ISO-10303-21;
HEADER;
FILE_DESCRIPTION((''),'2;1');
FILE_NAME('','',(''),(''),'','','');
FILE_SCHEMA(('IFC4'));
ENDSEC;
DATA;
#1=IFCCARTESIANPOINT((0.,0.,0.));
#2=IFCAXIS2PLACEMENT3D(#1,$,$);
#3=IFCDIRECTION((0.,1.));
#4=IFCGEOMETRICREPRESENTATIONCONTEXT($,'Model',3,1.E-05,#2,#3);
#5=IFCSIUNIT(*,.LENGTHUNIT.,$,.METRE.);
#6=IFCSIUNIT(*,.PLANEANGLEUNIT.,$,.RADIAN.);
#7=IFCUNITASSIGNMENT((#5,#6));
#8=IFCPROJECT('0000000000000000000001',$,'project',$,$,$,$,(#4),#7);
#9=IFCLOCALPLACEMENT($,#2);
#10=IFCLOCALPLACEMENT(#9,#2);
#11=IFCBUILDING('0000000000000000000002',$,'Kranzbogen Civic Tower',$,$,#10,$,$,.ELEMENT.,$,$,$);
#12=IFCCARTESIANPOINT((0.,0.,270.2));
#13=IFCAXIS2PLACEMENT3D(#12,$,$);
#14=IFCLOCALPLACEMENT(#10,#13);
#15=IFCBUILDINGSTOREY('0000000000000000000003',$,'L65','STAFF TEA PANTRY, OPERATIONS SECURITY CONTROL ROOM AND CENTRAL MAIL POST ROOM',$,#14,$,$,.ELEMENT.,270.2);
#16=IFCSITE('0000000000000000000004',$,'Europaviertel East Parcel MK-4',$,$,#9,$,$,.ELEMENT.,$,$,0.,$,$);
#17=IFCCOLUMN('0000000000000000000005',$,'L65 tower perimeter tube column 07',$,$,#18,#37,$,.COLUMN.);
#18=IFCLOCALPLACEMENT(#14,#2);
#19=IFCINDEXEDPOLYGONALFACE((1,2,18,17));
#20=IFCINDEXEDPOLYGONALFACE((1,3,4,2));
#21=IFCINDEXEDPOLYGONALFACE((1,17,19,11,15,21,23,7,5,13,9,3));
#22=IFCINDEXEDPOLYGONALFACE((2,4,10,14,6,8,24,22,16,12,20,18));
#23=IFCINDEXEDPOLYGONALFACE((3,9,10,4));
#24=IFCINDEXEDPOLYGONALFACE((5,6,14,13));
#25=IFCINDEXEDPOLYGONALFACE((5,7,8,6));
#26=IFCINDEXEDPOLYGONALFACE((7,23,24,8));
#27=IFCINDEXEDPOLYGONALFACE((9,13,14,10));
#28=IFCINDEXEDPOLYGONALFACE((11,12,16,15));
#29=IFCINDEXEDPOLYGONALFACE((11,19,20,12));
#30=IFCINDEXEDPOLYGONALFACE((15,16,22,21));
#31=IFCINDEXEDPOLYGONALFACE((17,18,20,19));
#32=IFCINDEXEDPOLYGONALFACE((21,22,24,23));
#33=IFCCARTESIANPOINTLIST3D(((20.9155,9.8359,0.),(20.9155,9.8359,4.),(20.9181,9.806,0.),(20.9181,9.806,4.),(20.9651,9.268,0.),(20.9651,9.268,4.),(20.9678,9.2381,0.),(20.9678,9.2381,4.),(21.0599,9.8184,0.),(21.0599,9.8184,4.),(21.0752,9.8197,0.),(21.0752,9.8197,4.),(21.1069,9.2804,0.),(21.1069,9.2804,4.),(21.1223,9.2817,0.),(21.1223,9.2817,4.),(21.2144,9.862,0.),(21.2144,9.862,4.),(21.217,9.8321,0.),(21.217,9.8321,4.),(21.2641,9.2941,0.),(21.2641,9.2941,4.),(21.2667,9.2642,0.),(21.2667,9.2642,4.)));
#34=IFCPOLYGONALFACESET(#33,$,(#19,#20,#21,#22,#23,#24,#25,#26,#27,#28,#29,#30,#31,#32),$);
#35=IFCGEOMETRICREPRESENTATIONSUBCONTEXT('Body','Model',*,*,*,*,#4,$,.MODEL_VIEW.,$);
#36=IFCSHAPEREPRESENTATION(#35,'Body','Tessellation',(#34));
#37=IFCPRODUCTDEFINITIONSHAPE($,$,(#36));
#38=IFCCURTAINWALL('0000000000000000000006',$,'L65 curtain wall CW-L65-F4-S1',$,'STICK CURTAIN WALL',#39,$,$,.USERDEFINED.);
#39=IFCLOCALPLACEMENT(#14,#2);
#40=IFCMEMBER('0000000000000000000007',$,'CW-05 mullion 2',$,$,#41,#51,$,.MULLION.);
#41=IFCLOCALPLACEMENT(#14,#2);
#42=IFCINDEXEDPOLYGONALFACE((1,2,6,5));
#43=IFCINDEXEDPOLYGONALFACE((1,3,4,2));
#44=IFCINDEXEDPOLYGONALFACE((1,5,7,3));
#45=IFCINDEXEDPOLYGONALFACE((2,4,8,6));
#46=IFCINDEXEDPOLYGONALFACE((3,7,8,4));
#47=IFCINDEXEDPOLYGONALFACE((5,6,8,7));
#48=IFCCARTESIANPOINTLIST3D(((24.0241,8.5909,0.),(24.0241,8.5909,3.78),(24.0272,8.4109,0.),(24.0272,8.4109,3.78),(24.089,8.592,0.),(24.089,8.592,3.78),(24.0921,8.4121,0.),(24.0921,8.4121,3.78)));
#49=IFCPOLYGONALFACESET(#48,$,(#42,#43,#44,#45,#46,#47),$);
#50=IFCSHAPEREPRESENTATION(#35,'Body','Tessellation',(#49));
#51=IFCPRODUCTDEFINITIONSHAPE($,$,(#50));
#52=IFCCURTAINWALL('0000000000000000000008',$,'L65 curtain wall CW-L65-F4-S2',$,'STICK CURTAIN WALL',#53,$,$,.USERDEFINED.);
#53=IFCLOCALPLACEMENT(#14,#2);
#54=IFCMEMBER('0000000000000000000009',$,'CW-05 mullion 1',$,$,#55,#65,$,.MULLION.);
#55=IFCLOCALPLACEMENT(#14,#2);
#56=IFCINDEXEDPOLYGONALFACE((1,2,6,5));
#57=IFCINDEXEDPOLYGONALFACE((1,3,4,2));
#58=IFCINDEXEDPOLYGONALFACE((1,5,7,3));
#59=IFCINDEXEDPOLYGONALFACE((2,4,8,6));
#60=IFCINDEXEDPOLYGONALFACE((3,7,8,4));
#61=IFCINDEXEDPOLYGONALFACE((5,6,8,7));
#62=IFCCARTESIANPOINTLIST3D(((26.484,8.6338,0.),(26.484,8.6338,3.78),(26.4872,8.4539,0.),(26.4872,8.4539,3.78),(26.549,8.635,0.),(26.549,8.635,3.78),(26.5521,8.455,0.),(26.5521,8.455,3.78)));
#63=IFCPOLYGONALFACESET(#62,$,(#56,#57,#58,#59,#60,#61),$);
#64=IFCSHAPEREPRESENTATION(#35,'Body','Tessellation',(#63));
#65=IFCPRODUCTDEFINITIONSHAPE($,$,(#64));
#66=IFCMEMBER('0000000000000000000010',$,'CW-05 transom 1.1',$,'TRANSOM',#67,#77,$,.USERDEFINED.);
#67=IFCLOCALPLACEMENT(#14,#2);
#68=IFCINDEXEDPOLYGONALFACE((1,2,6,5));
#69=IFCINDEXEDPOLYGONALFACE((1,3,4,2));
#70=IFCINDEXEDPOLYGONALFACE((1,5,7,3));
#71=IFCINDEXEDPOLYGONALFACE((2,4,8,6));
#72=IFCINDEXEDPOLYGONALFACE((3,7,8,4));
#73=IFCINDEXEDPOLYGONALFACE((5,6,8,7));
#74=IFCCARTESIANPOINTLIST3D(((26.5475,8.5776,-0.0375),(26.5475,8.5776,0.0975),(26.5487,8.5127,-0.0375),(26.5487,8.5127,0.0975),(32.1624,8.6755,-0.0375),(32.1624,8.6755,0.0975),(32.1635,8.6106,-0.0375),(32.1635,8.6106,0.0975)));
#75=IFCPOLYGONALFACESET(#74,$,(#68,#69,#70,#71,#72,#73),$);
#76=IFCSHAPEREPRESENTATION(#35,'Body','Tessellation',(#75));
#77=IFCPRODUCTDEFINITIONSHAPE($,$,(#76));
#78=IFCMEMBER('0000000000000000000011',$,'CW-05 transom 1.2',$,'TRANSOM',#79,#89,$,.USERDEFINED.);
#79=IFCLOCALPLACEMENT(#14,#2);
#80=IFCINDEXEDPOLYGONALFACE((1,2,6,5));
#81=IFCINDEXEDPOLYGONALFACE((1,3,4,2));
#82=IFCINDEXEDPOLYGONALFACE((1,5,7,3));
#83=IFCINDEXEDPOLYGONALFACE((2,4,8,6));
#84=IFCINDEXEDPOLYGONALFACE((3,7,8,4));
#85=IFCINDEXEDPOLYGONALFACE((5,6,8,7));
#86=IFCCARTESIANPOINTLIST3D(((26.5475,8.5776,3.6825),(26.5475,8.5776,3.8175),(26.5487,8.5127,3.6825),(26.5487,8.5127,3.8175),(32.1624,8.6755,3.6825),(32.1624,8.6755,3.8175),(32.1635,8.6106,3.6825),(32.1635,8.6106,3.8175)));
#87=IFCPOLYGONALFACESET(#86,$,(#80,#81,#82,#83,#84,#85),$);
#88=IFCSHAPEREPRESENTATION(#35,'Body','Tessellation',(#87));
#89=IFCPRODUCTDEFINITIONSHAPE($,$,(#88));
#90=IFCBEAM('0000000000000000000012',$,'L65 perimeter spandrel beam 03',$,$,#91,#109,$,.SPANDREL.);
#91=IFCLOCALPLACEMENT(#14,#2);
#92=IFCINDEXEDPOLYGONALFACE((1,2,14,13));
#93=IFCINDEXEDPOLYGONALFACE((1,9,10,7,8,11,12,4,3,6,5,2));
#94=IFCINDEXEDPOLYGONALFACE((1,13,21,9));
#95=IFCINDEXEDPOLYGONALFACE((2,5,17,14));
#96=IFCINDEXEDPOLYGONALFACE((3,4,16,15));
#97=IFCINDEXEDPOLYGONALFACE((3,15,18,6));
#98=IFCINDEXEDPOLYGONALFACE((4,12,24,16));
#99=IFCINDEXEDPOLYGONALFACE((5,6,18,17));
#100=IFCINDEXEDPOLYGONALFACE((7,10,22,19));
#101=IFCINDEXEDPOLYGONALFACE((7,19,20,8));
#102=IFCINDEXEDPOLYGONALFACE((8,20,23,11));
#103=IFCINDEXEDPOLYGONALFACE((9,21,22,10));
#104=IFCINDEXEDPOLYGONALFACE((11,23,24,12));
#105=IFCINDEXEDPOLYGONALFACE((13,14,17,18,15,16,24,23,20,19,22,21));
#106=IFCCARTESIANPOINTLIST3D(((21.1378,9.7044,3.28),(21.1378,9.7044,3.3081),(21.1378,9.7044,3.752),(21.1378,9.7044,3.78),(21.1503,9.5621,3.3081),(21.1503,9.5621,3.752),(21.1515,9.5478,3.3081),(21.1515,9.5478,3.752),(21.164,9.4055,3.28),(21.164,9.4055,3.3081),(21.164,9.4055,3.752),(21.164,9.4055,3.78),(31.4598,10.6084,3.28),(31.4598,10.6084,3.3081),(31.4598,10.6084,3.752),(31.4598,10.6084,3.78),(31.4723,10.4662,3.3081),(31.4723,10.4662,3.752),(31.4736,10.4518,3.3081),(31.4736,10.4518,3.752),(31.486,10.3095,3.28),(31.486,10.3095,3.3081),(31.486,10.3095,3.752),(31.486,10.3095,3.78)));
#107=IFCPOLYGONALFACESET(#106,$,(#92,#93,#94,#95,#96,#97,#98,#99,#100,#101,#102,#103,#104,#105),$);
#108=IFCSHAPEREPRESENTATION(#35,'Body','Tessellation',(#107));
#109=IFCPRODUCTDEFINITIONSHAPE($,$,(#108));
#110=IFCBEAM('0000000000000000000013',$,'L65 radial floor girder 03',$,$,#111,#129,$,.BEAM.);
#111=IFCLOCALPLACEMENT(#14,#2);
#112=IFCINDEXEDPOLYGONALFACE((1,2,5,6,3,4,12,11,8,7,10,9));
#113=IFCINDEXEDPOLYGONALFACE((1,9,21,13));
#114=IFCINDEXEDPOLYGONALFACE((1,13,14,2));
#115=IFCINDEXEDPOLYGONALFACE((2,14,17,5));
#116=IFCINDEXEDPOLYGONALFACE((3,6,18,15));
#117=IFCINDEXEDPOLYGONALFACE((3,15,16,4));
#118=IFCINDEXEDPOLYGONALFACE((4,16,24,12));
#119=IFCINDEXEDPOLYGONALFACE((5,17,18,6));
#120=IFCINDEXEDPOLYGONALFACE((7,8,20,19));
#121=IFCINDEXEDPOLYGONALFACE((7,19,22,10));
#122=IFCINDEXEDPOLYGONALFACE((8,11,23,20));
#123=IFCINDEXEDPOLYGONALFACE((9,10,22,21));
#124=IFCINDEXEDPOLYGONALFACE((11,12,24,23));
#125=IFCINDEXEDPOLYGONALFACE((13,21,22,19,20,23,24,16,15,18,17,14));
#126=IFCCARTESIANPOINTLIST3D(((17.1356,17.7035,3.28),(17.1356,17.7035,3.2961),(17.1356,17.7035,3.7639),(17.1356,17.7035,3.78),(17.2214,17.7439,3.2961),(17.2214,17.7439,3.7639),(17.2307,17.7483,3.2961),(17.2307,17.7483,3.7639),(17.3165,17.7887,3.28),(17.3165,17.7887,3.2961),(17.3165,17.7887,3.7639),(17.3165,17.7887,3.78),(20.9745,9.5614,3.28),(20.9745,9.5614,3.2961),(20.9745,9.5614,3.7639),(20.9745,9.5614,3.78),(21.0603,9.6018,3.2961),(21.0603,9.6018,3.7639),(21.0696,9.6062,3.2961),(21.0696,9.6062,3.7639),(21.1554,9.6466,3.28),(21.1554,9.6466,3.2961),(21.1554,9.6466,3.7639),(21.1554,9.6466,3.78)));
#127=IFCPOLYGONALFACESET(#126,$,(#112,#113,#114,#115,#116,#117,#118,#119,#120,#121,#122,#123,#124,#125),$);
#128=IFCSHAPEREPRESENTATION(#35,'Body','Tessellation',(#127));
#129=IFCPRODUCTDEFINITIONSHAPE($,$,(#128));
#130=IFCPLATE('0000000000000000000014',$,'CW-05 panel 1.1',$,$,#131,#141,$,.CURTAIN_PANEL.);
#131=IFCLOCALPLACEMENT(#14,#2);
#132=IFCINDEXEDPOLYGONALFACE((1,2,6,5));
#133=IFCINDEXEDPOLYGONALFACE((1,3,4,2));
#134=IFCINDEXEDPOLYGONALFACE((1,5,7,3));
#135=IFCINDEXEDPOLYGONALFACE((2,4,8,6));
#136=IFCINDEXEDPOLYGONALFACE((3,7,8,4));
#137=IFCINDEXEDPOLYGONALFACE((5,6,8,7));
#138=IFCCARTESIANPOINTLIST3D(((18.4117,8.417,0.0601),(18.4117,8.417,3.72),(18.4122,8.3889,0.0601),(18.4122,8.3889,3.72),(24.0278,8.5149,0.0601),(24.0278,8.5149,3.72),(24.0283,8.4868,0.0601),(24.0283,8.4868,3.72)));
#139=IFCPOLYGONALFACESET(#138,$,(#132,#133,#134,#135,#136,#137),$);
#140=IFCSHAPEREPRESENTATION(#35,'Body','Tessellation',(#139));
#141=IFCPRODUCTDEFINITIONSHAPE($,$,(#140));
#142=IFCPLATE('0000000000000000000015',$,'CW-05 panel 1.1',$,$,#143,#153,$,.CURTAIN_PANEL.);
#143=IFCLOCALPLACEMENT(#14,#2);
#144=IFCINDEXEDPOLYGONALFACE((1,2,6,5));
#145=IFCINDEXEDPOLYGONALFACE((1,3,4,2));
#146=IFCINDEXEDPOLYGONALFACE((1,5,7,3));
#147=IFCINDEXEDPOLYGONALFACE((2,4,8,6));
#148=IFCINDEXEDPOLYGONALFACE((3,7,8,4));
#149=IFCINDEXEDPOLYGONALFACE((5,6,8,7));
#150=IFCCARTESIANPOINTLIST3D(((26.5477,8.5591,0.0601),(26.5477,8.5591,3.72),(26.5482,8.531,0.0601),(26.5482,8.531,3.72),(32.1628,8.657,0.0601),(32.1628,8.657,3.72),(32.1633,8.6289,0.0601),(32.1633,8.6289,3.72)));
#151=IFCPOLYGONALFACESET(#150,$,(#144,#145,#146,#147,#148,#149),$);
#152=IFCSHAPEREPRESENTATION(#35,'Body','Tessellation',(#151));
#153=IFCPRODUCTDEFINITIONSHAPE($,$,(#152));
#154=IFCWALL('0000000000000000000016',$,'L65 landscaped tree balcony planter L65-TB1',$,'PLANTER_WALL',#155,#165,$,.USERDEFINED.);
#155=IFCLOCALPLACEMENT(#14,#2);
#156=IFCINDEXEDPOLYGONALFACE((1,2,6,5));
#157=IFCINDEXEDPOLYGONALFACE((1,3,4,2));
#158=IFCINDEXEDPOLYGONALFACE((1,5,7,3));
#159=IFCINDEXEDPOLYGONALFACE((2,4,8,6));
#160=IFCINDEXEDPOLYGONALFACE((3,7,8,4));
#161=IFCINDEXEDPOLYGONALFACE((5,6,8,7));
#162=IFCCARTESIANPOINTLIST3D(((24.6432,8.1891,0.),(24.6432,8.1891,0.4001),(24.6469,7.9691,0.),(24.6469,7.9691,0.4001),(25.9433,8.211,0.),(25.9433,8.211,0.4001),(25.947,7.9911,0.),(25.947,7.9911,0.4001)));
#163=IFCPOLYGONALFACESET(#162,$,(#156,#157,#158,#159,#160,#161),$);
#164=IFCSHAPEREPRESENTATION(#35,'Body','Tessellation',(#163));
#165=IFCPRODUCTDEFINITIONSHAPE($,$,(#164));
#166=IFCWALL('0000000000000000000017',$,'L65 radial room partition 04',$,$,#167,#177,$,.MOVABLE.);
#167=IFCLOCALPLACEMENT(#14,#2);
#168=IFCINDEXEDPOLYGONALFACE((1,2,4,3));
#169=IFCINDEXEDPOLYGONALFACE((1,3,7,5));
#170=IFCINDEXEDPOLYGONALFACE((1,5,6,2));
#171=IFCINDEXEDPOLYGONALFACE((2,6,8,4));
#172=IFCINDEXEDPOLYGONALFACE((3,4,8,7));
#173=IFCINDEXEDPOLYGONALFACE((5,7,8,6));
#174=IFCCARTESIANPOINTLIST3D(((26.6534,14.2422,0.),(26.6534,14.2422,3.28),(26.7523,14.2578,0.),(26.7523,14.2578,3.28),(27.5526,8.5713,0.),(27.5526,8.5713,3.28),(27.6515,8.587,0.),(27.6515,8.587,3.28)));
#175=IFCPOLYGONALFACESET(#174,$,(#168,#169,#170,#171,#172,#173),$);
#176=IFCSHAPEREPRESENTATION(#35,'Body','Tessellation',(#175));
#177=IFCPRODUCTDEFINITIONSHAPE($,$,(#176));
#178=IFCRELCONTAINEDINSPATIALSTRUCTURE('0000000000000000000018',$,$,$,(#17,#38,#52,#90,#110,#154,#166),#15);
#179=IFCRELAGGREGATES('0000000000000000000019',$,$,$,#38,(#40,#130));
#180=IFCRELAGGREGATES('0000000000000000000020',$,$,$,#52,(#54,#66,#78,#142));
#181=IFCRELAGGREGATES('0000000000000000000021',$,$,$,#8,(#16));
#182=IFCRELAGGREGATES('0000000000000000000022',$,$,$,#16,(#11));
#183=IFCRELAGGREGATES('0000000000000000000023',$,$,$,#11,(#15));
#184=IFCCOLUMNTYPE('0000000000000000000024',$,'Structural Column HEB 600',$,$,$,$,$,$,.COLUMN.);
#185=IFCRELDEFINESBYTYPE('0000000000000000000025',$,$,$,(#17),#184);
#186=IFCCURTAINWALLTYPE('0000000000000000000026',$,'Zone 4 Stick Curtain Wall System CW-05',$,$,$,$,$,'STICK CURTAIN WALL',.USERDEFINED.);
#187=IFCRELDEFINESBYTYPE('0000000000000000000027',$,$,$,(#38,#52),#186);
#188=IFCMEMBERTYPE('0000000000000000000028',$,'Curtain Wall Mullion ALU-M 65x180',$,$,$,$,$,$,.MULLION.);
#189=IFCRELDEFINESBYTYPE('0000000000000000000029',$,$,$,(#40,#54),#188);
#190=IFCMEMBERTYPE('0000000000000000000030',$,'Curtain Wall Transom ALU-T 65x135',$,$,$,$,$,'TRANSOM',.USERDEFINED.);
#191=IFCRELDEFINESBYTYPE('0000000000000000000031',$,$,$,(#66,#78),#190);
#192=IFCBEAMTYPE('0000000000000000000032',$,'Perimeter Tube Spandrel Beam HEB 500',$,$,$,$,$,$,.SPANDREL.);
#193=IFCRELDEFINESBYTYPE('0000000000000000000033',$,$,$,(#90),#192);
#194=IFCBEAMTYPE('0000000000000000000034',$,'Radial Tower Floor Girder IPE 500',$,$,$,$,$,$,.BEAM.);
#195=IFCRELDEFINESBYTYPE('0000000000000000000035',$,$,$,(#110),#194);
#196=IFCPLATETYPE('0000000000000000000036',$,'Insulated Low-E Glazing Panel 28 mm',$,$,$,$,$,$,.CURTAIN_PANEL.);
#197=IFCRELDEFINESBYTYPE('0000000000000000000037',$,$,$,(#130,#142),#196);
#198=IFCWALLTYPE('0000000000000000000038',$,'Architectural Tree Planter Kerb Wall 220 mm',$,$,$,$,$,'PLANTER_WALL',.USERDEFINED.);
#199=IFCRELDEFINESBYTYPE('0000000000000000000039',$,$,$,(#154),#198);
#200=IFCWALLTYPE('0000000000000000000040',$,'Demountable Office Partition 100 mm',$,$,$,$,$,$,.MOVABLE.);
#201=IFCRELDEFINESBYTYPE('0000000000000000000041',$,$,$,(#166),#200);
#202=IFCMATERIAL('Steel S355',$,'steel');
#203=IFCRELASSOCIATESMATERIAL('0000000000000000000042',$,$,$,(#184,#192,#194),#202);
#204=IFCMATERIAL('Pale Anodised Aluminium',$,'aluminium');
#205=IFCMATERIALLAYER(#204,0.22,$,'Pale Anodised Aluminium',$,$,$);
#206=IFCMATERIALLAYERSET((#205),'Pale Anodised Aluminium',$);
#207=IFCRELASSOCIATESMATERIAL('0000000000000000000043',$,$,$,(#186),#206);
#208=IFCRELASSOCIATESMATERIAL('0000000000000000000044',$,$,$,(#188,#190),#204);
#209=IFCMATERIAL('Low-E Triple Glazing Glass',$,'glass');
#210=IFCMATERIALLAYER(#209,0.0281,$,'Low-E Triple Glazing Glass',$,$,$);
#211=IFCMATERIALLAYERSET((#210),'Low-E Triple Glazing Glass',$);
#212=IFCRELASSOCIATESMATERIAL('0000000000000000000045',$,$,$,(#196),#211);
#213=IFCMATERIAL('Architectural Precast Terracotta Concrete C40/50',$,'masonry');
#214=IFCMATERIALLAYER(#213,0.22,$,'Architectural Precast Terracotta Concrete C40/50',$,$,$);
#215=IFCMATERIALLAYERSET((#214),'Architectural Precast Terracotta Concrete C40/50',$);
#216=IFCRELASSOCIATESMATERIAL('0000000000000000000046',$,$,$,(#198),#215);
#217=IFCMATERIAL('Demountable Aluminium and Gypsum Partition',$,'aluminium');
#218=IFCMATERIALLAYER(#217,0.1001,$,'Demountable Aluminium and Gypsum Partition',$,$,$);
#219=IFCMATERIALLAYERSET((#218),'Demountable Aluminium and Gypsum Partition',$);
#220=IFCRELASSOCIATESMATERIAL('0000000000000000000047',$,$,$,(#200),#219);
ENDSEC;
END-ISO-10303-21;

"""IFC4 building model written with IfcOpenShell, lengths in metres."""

from ifc_helpers import new_model, si_unit, direction, frame, frame_2d, origin, origin_2d, place, context, subcontext, project, spatial, rectangle, i_section, extrude, material, layer, layer_set, material_profile, profile_set, type_object, element, aggregate, save


model = new_model("IFC4")

# Units and contexts
model_context = context("Model", 3, precision=1e-05, world=origin(), true_north=direction((0.0, 1.0)))
body_context = subcontext(model_context, "Body", "Model", "MODEL_VIEW")
ifc_project = project(units=[si_unit("LENGTHUNIT", "METRE"), si_unit("PLANEANGLEUNIT", "RADIAN")], contexts=[model_context])

# Site, building, storey
site_placement = place(None, origin())
site = spatial("IfcSite", under=ifc_project, at=site_placement, Name="Europaviertel East Parcel MK-4", CompositionType="ELEMENT", RefElevation=0.0)
building_placement = place(site_placement, origin())
building = spatial("IfcBuilding", under=site, at=building_placement, Name="Kranzbogen Civic Tower", CompositionType="ELEMENT")
storey_placement = place(building_placement, frame((0.0, 0.0, 270.2)))
storey = spatial("IfcBuildingStorey", under=building, at=storey_placement, Name="L65", Description="STAFF TEA PANTRY, OPERATIONS SECURITY CONTROL ROOM AND CENTRAL MAIL POST ROOM", CompositionType="ELEMENT", Elevation=270.2)

# Column
ifc_material_1 = material(Name="Steel S355", Category="steel")
ifc_material_profile_1 = material_profile(ifc_material_1, i_section(OverallWidth=0.3, OverallDepth=0.6001, WebThickness=0.0154, FlangeThickness=0.03, at=origin_2d()), Name="HEB 600")
ifc_profile_set_1 = profile_set([ifc_material_profile_1], Name="Steel S355")
column_type = type_object("IfcColumnType", Name="Structural Column HEB 600", PredefinedType="COLUMN", material=ifc_profile_set_1)
column_placement = place(storey_placement, frame((21.0911, 9.55, 0.0), z_axis=(0.0, 0.0, 1.0), x_axis=(0.996195, 0.087156, 0.0)))
element("IfcColumn", 1, at=column_placement, inside=storey, type_object=column_type, Name="L65 tower perimeter tube column 07", PredefinedType="COLUMN", context=body_context, shape_type="SweptSolid", body=[
    extrude(i_section(OverallWidth=0.3, OverallDepth=0.6001, WebThickness=0.0154, FlangeThickness=0.03, at=origin_2d()), origin(), (0.0, 0.0, 1.0), 4.0),
])

# Curtain wall, member
ifc_material_2 = material(Name="Pale Anodised Aluminium", Category="aluminium")
ifc_layer_1 = layer(ifc_material_2, 0.22, Name="Pale Anodised Aluminium")
ifc_layer_set_1 = layer_set([ifc_layer_1], Name="Pale Anodised Aluminium")
curtain_wall_type = type_object("IfcCurtainWallType", Name="Zone 4 Stick Curtain Wall System CW-05", ElementType="STICK CURTAIN WALL", PredefinedType="USERDEFINED", material=ifc_layer_set_1)
curtain_wall_1_placement = place(storey_placement, origin())
curtain_wall_1 = element("IfcCurtainWall", 2, at=curtain_wall_1_placement, inside=storey, type_object=curtain_wall_type, Name="L65 curtain wall CW-L65-F4-S1", ObjectType="STICK CURTAIN WALL", PredefinedType="USERDEFINED")
ifc_material_profile_2 = material_profile(ifc_material_2, rectangle(XDim=0.0649, YDim=0.1799, at=origin_2d()), Name="ALU-M 65x180")
ifc_profile_set_2 = profile_set([ifc_material_profile_2], Name="Pale Anodised Aluminium")
member_type_1 = type_object("IfcMemberType", Name="Curtain Wall Mullion ALU-M 65x180", PredefinedType="MULLION", material=ifc_profile_set_2)
member_1_placement = place(storey_placement, frame((24.0581, 8.5015, 0.0), z_axis=(0.0, 0.0, 1.0), x_axis=(0.999848, 0.017431, 0.0)))
member_1 = element("IfcMember", 3, at=member_1_placement, type_object=member_type_1, Name="CW-05 mullion 2", PredefinedType="MULLION", context=body_context, shape_type="SweptSolid", body=[
    extrude(rectangle(XDim=0.0649, YDim=0.1799, at=origin_2d()), origin(), (0.0, 0.0, 1.0), 3.78),
])

# Curtain wall, members
curtain_wall_2_placement = place(storey_placement, origin())
curtain_wall_2 = element("IfcCurtainWall", 4, at=curtain_wall_2_placement, inside=storey, type_object=curtain_wall_type, Name="L65 curtain wall CW-L65-F4-S2", ObjectType="STICK CURTAIN WALL", PredefinedType="USERDEFINED")
member_2_placement = place(storey_placement, frame((26.5181, 8.5444, 0.0), z_axis=(0.0, 0.0, 1.0), x_axis=(0.999848, 0.017434, 0.0)))
member_2 = element("IfcMember", 5, at=member_2_placement, type_object=member_type_1, Name="CW-05 mullion 1", PredefinedType="MULLION", context=body_context, shape_type="SweptSolid", body=[
    extrude(rectangle(XDim=0.0649, YDim=0.1799, at=origin_2d()), origin(), (0.0, 0.0, 1.0), 3.78),
])
ifc_material_profile_3 = material_profile(ifc_material_2, rectangle(XDim=0.0649, YDim=0.135, at=origin_2d()), Name="ALU-T 65x135")
ifc_profile_set_3 = profile_set([ifc_material_profile_3], Name="Pale Anodised Aluminium")
member_type_2 = type_object("IfcMemberType", Name="Curtain Wall Transom ALU-T 65x135", ElementType="TRANSOM", PredefinedType="USERDEFINED", material=ifc_profile_set_3)
member_3_placement = place(storey_placement, frame((26.5481, 8.5452, 0.03), z_axis=(0.999848, 0.017433, 0.0), x_axis=(-0.017433, 0.999848, 0.0)))
member_3 = element("IfcMember", 6, at=member_3_placement, type_object=member_type_2, Name="CW-05 transom 1.1", ObjectType="TRANSOM", PredefinedType="USERDEFINED", context=body_context, shape_type="SweptSolid", body=[
    extrude(rectangle(XDim=0.0649, YDim=0.135, at=origin_2d()), origin(), (0.0, 0.0, 1.0), 5.6157),
])
member_4_placement = place(storey_placement, frame((26.5481, 8.5452, 3.75), z_axis=(0.999848, 0.017433, 0.0), x_axis=(-0.017433, 0.999848, 0.0)))
member_4 = element("IfcMember", 7, at=member_4_placement, type_object=member_type_2, Name="CW-05 transom 1.2", ObjectType="TRANSOM", PredefinedType="USERDEFINED", context=body_context, shape_type="SweptSolid", body=[
    extrude(rectangle(XDim=0.0649, YDim=0.135, at=origin_2d()), origin(), (0.0, 0.0, 1.0), 5.6157),
])

# Beams
ifc_material_profile_4 = material_profile(ifc_material_1, i_section(OverallWidth=0.3, OverallDepth=0.5, WebThickness=0.0144, FlangeThickness=0.0281, at=origin_2d()), Name="HEB 500")
ifc_profile_set_4 = profile_set([ifc_material_profile_4], Name="Steel S355")
beam_type_1 = type_object("IfcBeamType", Name="Perimeter Tube Spandrel Beam HEB 500", PredefinedType="SPANDREL", material=ifc_profile_set_4)
beam_1_placement = place(storey_placement, frame((21.1509, 9.5549, 3.53), z_axis=(0.996186, 0.087251, 0.0), x_axis=(-0.087251, 0.996186, 0.0)))
element("IfcBeam", 8, at=beam_1_placement, inside=storey, type_object=beam_type_1, Name="L65 perimeter spandrel beam 03", PredefinedType="SPANDREL", context=body_context, shape_type="SweptSolid", body=[
    extrude(i_section(OverallWidth=0.3, OverallDepth=0.5, WebThickness=0.0144, FlangeThickness=0.0281, at=origin_2d()), origin(), (0.0, 0.0, 1.0), 10.3616),
])
ifc_material_profile_5 = material_profile(ifc_material_1, i_section(OverallWidth=0.2, OverallDepth=0.5, WebThickness=0.0103, FlangeThickness=0.0161, at=origin_2d()), Name="IPE 500")
ifc_profile_set_5 = profile_set([ifc_material_profile_5], Name="Steel S355")
beam_type_2 = type_object("IfcBeamType", Name="Radial Tower Floor Girder IPE 500", PredefinedType="BEAM", material=ifc_profile_set_5)
beam_2_placement = place(storey_placement, frame((21.0649, 9.604, 3.53), z_axis=(-0.42646, 0.904506, 0.0), x_axis=(-0.904506, -0.42646, 0.0)))
element("IfcBeam", 9, at=beam_2_placement, inside=storey, type_object=beam_type_2, Name="L65 radial floor girder 03", PredefinedType="BEAM", context=body_context, shape_type="SweptSolid", body=[
    extrude(i_section(OverallWidth=0.2, OverallDepth=0.5, WebThickness=0.0103, FlangeThickness=0.0161, at=origin_2d()), origin(), (0.0, 0.0, 1.0), 9.0017),
])

# Plates
ifc_material_3 = material(Name="Low-E Triple Glazing Glass", Category="glass")
ifc_layer_2 = layer(ifc_material_3, 0.0281, Name="Low-E Triple Glazing Glass")
ifc_layer_set_2 = layer_set([ifc_layer_2], Name="Low-E Triple Glazing Glass")
plate_type = type_object("IfcPlateType", Name="Insulated Low-E Glazing Panel 28 mm", PredefinedType="CURTAIN_PANEL", material=ifc_layer_set_2)
plate_1_placement = place(storey_placement, frame((21.22, 8.4519, 0.0601), z_axis=(0.0, 0.0, 1.0), x_axis=(0.999848, 0.017431, 0.0)))
plate_1 = element("IfcPlate", 10, at=plate_1_placement, type_object=plate_type, Name="CW-05 panel 1.1", PredefinedType="CURTAIN_PANEL", context=body_context, shape_type="SweptSolid", body=[
    extrude(rectangle(XDim=5.6169, YDim=0.0281, at=origin_2d()), origin(), (0.0, 0.0, 1.0), 3.6599),
])
aggregate(curtain_wall_1, [member_1, plate_1])
plate_2_placement = place(storey_placement, frame((29.3555, 8.594, 0.0601), z_axis=(0.0, 0.0, 1.0), x_axis=(0.999848, 0.017434, 0.0)))
plate_2 = element("IfcPlate", 11, at=plate_2_placement, type_object=plate_type, Name="CW-05 panel 1.1", PredefinedType="CURTAIN_PANEL", context=body_context, shape_type="SweptSolid", body=[
    extrude(rectangle(XDim=5.616, YDim=0.0281, at=origin_2d()), origin(), (0.0, 0.0, 1.0), 3.6599),
])
aggregate(curtain_wall_2, [member_2, member_3, member_4, plate_2])

# Walls
ifc_material_4 = material(Name="Architectural Precast Terracotta Concrete C40/50", Category="masonry")
ifc_layer_3 = layer(ifc_material_4, 0.22, Name="Architectural Precast Terracotta Concrete C40/50")
ifc_layer_set_3 = layer_set([ifc_layer_3], Name="Architectural Precast Terracotta Concrete C40/50")
wall_type_1 = type_object("IfcWallType", Name="Architectural Tree Planter Kerb Wall 220 mm", ElementType="PLANTER_WALL", PredefinedType="USERDEFINED", material=ifc_layer_set_3)
wall_1_placement = place(storey_placement, frame((24.645, 8.0791, 0.0), z_axis=(0.0, 0.0, 1.0), x_axis=(0.999857, 0.016899, 0.0)))
element("IfcWall", 12, at=wall_1_placement, inside=storey, type_object=wall_type_1, Name="L65 landscaped tree balcony planter L65-TB1", ObjectType="PLANTER_WALL", PredefinedType="USERDEFINED", context=body_context, shape_type="SweptSolid", body=[
    extrude(rectangle(XDim=1.3003, YDim=0.22, at=frame_2d((0.6501, 0.0))), origin(), (0.0, 0.0, 1.0), 0.4001),
])
ifc_material_5 = material(Name="Demountable Aluminium and Gypsum Partition", Category="aluminium")
ifc_layer_4 = layer(ifc_material_5, 0.1001, Name="Demountable Aluminium and Gypsum Partition")
ifc_layer_set_4 = layer_set([ifc_layer_4], Name="Demountable Aluminium and Gypsum Partition")
wall_type_2 = type_object("IfcWallType", Name="Demountable Office Partition 100 mm", PredefinedType="MOVABLE", material=ifc_layer_set_4)
wall_2_placement = place(storey_placement, frame((26.7029, 14.25, 0.0), z_axis=(0.0, 0.0, 1.0), x_axis=(0.156602, -0.987662, 0.0)))
element("IfcWall", 13, at=wall_2_placement, inside=storey, type_object=wall_type_2, Name="L65 radial room partition 04", PredefinedType="MOVABLE", context=body_context, shape_type="SweptSolid", body=[
    extrude(rectangle(XDim=5.7417, YDim=0.1001, at=frame_2d((2.8708, 0.0))), origin(), (0.0, 0.0, 1.0), 3.28),
])

save(model, "model.ifc")
